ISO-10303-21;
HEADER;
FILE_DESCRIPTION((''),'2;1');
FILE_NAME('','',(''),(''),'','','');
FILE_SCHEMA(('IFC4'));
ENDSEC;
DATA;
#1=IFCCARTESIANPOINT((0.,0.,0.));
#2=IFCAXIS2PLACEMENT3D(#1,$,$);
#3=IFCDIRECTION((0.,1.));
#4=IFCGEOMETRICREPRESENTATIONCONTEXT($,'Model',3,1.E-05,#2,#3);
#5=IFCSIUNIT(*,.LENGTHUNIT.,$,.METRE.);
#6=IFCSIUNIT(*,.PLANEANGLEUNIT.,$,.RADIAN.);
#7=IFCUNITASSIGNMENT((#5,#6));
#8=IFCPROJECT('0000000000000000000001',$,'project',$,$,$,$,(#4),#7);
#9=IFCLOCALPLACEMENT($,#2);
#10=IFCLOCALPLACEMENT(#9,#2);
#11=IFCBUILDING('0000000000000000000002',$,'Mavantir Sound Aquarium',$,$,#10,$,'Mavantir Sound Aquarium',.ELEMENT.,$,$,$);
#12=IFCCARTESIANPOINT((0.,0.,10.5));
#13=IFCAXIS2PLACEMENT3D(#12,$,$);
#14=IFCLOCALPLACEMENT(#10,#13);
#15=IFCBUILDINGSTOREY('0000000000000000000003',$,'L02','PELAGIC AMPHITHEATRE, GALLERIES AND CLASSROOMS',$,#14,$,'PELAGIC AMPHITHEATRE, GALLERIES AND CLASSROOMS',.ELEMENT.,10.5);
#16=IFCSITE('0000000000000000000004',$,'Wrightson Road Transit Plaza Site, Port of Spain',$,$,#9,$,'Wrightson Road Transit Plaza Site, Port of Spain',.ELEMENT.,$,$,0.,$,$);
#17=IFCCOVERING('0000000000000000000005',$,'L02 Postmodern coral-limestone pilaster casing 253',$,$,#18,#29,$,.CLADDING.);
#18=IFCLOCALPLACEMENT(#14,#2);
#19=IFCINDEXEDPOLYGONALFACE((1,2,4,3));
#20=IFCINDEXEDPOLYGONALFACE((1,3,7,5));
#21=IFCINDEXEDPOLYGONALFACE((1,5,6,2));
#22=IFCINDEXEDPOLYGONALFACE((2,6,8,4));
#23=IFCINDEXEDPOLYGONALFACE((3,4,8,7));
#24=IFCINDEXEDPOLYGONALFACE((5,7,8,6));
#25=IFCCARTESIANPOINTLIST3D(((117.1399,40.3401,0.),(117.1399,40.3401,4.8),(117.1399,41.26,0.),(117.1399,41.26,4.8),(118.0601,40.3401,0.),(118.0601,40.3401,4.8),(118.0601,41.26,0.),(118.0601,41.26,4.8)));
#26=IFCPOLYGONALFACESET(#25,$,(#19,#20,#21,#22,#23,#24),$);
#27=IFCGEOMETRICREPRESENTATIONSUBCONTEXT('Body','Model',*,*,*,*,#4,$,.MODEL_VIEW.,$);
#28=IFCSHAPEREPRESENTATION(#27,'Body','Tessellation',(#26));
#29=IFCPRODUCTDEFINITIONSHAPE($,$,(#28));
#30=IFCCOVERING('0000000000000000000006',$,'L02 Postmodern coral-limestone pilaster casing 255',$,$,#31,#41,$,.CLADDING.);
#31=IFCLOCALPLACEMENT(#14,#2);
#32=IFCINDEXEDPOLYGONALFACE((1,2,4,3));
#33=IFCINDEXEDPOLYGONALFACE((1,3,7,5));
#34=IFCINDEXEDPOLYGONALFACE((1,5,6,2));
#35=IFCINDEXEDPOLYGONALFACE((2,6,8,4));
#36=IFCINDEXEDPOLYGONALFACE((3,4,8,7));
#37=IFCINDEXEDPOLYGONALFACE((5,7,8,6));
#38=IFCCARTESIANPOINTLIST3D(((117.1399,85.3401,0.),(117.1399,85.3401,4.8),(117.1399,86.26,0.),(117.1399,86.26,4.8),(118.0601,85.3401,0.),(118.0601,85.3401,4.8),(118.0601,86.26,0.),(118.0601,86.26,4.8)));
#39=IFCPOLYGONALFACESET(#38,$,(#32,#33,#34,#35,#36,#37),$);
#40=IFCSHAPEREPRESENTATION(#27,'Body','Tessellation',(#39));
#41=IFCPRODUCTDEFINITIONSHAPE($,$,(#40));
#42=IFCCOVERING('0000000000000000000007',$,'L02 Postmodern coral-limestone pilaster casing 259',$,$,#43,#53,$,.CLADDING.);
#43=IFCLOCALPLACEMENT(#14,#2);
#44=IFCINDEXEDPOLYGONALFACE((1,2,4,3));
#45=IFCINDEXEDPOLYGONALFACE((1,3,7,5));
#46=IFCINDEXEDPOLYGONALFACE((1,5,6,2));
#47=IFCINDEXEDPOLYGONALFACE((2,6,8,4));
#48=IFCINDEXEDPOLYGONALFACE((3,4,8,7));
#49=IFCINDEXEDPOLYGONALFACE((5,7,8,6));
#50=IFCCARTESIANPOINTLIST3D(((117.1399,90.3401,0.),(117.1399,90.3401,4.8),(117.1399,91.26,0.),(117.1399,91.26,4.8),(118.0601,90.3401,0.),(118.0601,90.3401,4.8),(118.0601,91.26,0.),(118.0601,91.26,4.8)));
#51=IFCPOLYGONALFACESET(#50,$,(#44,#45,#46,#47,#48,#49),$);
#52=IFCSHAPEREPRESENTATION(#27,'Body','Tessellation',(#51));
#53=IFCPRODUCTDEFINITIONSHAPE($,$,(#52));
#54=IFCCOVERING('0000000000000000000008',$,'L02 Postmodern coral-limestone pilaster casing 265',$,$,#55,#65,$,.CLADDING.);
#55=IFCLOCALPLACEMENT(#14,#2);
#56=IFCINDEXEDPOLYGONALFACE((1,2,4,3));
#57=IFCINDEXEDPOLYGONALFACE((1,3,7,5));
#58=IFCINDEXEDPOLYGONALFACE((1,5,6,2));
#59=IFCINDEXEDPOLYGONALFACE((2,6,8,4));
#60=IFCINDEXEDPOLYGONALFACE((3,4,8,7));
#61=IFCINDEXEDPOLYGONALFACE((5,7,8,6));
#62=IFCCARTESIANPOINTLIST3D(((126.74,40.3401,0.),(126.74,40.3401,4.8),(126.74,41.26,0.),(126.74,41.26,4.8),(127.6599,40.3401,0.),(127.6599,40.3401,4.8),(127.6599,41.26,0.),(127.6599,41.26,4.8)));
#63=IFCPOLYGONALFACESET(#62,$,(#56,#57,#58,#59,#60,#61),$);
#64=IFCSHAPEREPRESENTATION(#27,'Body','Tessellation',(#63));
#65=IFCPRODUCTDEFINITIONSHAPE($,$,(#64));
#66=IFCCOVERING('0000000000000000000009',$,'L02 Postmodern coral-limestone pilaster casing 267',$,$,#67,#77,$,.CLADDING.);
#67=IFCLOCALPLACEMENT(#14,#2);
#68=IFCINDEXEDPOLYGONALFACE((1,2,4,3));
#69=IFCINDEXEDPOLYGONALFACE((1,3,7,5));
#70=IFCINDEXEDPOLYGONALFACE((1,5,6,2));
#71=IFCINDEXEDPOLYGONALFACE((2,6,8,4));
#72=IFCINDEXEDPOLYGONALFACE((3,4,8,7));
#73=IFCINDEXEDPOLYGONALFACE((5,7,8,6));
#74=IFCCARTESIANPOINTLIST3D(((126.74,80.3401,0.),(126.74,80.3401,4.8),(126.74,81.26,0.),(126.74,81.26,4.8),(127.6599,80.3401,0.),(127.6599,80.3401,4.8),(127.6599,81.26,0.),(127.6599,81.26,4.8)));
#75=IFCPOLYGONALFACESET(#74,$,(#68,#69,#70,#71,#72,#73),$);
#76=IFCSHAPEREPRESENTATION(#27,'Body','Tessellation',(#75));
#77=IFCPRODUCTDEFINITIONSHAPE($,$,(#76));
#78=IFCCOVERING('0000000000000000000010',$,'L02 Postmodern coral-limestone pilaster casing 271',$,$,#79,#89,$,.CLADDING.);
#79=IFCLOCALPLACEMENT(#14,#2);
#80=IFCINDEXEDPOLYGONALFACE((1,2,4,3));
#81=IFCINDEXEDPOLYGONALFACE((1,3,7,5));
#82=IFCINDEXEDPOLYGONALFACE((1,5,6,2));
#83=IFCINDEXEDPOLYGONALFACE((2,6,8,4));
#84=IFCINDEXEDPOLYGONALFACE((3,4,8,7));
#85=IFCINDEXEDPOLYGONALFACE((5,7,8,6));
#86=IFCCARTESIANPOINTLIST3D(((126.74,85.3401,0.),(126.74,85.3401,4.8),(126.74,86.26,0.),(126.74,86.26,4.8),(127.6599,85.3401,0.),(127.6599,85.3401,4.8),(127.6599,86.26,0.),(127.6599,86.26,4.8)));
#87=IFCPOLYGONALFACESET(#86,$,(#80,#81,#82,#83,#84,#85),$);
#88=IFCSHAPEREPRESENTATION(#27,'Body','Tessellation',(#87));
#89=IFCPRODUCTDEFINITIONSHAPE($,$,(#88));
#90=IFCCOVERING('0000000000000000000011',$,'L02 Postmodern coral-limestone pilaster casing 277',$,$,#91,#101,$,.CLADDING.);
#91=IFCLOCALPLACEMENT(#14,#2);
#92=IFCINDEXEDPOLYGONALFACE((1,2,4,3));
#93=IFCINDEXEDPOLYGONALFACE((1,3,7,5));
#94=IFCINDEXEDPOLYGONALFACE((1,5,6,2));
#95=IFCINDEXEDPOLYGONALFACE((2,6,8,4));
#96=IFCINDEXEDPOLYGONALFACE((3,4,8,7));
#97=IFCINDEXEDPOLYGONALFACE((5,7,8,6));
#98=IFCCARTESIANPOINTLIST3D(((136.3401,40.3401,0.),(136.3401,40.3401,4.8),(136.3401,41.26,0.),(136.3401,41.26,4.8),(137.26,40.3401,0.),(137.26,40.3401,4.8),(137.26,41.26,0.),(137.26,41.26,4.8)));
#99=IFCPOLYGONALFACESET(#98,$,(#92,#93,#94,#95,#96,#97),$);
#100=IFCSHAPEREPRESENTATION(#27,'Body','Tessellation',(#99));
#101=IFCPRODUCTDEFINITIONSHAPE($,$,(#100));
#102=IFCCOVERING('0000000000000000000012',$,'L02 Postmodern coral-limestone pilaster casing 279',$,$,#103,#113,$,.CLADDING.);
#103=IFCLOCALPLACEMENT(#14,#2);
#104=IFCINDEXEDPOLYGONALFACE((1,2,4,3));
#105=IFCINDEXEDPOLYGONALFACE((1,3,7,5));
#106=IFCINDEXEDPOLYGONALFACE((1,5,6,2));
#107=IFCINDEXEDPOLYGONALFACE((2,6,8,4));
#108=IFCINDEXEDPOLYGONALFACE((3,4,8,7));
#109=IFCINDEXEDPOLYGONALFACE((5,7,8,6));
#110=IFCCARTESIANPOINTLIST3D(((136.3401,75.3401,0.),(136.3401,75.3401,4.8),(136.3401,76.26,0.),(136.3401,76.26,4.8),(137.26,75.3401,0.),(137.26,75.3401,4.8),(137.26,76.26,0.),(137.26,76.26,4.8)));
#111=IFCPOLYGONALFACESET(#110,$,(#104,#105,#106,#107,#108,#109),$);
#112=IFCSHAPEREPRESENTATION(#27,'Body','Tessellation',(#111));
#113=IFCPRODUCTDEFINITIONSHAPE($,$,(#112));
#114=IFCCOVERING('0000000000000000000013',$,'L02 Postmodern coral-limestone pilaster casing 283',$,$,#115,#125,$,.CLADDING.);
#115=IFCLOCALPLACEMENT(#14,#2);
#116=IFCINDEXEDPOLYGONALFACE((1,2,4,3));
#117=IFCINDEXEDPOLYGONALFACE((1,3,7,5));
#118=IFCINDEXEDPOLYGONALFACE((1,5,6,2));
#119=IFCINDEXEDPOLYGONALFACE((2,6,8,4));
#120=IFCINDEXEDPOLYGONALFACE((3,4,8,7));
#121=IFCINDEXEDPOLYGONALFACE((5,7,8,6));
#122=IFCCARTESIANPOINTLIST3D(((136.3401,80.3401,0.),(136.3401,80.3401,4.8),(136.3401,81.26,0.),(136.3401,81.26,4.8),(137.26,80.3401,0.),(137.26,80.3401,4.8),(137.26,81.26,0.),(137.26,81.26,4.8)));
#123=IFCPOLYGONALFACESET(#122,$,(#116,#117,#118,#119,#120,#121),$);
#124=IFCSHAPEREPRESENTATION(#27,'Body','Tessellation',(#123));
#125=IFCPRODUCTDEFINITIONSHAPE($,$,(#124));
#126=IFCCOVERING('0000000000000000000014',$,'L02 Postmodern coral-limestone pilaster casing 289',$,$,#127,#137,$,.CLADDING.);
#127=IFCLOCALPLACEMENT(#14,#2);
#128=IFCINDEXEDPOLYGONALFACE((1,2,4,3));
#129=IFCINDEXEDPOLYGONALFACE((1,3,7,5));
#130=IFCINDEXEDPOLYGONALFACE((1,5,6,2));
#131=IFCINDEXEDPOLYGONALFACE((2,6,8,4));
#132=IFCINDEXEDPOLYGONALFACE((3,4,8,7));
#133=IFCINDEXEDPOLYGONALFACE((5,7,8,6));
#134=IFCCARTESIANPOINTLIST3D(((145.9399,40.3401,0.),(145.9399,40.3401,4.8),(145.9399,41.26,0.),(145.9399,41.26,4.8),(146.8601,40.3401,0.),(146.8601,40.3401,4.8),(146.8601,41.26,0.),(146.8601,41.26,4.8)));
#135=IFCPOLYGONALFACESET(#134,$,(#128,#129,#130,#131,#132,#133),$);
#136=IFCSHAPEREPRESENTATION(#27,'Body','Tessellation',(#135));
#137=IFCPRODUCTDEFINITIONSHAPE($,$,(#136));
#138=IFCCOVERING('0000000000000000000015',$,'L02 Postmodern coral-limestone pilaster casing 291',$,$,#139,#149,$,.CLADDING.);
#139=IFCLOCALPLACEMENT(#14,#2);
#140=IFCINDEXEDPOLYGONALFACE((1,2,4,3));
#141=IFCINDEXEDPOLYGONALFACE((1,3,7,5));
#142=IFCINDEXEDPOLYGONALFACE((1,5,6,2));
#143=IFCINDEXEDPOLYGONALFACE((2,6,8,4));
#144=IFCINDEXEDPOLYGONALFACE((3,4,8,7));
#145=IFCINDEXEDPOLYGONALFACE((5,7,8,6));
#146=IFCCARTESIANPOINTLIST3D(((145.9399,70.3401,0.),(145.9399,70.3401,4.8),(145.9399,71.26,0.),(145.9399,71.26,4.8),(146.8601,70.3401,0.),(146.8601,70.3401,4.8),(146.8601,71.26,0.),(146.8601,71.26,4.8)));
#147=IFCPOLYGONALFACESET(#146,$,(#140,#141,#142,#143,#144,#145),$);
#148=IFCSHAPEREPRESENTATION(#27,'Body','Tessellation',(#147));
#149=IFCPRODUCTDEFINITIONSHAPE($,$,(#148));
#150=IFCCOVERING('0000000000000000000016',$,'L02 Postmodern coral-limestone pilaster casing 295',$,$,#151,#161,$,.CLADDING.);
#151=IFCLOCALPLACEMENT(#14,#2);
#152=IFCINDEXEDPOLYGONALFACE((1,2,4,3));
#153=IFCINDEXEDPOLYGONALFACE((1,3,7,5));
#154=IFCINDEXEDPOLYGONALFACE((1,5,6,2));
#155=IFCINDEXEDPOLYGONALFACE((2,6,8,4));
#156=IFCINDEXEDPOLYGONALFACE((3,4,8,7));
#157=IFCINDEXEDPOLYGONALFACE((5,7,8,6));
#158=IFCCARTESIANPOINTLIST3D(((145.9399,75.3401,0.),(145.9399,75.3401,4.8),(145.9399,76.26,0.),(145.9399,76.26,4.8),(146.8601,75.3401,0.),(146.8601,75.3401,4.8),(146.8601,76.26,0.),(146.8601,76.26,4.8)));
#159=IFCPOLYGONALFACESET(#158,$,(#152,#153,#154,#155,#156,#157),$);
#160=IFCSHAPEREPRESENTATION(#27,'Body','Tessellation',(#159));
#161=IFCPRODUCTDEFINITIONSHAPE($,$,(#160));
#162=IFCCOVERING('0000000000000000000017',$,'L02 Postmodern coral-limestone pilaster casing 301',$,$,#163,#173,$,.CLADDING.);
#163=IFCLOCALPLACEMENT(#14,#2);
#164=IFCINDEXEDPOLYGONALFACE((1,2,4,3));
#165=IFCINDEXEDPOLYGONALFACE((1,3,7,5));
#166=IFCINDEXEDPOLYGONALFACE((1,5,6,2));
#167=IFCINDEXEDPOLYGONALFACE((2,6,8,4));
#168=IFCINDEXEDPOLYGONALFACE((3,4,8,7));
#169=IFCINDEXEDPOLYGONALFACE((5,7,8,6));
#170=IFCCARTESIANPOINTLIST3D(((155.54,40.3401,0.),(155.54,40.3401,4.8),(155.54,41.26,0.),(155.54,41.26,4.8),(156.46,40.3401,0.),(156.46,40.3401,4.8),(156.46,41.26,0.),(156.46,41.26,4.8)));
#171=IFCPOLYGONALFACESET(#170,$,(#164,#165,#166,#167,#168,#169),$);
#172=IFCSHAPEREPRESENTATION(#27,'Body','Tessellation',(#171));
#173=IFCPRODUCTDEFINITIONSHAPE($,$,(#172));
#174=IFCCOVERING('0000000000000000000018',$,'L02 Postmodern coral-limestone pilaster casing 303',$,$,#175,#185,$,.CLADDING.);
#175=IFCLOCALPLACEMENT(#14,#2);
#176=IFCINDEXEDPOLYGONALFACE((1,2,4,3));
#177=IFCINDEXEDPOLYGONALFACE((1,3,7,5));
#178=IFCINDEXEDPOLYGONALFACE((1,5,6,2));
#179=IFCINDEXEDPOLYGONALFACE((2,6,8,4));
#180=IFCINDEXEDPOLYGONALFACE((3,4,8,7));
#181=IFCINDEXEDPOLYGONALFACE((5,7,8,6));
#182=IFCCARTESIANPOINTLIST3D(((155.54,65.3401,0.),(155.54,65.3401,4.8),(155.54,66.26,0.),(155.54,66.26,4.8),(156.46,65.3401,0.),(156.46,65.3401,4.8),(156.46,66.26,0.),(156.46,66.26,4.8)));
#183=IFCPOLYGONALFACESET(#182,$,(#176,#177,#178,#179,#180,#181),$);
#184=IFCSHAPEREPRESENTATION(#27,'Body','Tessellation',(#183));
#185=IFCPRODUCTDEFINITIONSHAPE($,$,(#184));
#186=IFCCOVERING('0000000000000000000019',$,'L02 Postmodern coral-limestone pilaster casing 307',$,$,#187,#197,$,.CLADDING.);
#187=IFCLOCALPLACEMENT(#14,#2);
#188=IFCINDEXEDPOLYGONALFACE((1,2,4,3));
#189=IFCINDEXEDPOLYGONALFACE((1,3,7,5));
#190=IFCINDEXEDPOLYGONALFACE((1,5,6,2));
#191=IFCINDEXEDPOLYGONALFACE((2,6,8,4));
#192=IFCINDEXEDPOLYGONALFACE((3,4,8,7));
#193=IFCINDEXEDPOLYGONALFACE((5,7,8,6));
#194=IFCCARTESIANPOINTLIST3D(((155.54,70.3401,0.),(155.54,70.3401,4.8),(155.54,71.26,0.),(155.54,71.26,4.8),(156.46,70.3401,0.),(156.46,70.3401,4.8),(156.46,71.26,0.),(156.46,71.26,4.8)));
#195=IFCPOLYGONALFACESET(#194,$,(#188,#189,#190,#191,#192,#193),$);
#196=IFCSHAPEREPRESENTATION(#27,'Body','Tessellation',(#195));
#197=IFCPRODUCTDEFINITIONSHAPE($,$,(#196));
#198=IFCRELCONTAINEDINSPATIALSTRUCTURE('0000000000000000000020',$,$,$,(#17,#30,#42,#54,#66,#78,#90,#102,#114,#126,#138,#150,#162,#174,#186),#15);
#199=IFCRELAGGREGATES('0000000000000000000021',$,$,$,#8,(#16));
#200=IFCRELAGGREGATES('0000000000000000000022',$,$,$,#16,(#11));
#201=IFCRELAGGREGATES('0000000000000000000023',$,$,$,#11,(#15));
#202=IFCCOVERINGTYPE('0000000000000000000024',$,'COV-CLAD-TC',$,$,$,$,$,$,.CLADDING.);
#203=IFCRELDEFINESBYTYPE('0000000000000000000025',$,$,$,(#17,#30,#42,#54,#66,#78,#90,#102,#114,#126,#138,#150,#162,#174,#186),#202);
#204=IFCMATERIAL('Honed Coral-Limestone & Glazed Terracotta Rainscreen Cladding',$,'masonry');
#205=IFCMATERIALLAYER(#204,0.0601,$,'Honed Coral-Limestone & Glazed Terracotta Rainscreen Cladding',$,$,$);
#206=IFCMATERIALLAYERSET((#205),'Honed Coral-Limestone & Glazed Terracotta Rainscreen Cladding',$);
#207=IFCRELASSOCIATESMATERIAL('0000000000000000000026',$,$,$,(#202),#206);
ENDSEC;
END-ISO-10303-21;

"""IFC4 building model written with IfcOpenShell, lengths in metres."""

from ifc_helpers import new_model, si_unit, direction, frame, origin, place, context, subcontext, project, spatial, polyline, outline, extrude, material, layer, layer_set, type_object, element, save


model = new_model("IFC4")

# Units and contexts
model_context = context("Model", 3, precision=1e-05, world=origin(), true_north=direction((0.0, 1.0)))
body_context = subcontext(model_context, "Body", "Model", "MODEL_VIEW")
ifc_project = project(units=[si_unit("LENGTHUNIT", "METRE"), si_unit("PLANEANGLEUNIT", "RADIAN")], contexts=[model_context])

# Site, building, storey
site_placement = place(None, origin())
site = spatial("IfcSite", under=ifc_project, at=site_placement, Name="Wrightson Road Transit Plaza Site, Port of Spain", LongName="Wrightson Road Transit Plaza Site, Port of Spain", CompositionType="ELEMENT", RefElevation=0.0)
building_placement = place(site_placement, origin())
building = spatial("IfcBuilding", under=site, at=building_placement, Name="Mavantir Sound Aquarium", LongName="Mavantir Sound Aquarium", CompositionType="ELEMENT")
storey_placement = place(building_placement, frame((0.0, 0.0, 10.5)))
storey = spatial("IfcBuildingStorey", under=building, at=storey_placement, Name="L02", Description="PELAGIC AMPHITHEATRE, GALLERIES AND CLASSROOMS", LongName="PELAGIC AMPHITHEATRE, GALLERIES AND CLASSROOMS", CompositionType="ELEMENT", Elevation=10.5)

# Coverings
ifc_material = material(Name="Honed Coral-Limestone & Glazed Terracotta Rainscreen Cladding", Category="masonry")
ifc_layer = layer(ifc_material, 0.0601, Name="Honed Coral-Limestone & Glazed Terracotta Rainscreen Cladding")
ifc_layer_set = layer_set([ifc_layer], Name="Honed Coral-Limestone & Glazed Terracotta Rainscreen Cladding")
covering_type = type_object("IfcCoveringType", Name="COV-CLAD-TC", PredefinedType="CLADDING", material=ifc_layer_set)
covering_1_placement = place(storey_placement, origin())
element("IfcCovering", 1, at=covering_1_placement, inside=storey, type_object=covering_type, Name="L02 Postmodern coral-limestone pilaster casing 253", PredefinedType="CLADDING", context=body_context, shape_type="SweptSolid", body=[
    extrude(outline(polyline([(117.1399, 40.3401), (118.0601, 40.3401), (118.0601, 41.26), (117.1399, 41.26), (117.1399, 40.3401)])), origin(), (0.0, 0.0, 1.0), 4.8),
])
covering_2_placement = place(storey_placement, origin())
element("IfcCovering", 2, at=covering_2_placement, inside=storey, type_object=covering_type, Name="L02 Postmodern coral-limestone pilaster casing 255", PredefinedType="CLADDING", context=body_context, shape_type="SweptSolid", body=[
    extrude(outline(polyline([(117.1399, 85.3401), (118.0601, 85.3401), (118.0601, 86.26), (117.1399, 86.26), (117.1399, 85.3401)])), origin(), (0.0, 0.0, 1.0), 4.8),
])
covering_3_placement = place(storey_placement, origin())
element("IfcCovering", 3, at=covering_3_placement, inside=storey, type_object=covering_type, Name="L02 Postmodern coral-limestone pilaster casing 259", PredefinedType="CLADDING", context=body_context, shape_type="SweptSolid", body=[
    extrude(outline(polyline([(117.1399, 90.3401), (118.0601, 90.3401), (118.0601, 91.26), (117.1399, 91.26), (117.1399, 90.3401)])), origin(), (0.0, 0.0, 1.0), 4.8),
])
covering_4_placement = place(storey_placement, origin())
element("IfcCovering", 4, at=covering_4_placement, inside=storey, type_object=covering_type, Name="L02 Postmodern coral-limestone pilaster casing 265", PredefinedType="CLADDING", context=body_context, shape_type="SweptSolid", body=[
    extrude(outline(polyline([(126.74, 40.3401), (127.6599, 40.3401), (127.6599, 41.26), (126.74, 41.26), (126.74, 40.3401)])), origin(), (0.0, 0.0, 1.0), 4.8),
])
covering_5_placement = place(storey_placement, origin())
element("IfcCovering", 5, at=covering_5_placement, inside=storey, type_object=covering_type, Name="L02 Postmodern coral-limestone pilaster casing 267", PredefinedType="CLADDING", context=body_context, shape_type="SweptSolid", body=[
    extrude(outline(polyline([(126.74, 80.3401), (127.6599, 80.3401), (127.6599, 81.26), (126.74, 81.26), (126.74, 80.3401)])), origin(), (0.0, 0.0, 1.0), 4.8),
])
covering_6_placement = place(storey_placement, origin())
element("IfcCovering", 6, at=covering_6_placement, inside=storey, type_object=covering_type, Name="L02 Postmodern coral-limestone pilaster casing 271", PredefinedType="CLADDING", context=body_context, shape_type="SweptSolid", body=[
    extrude(outline(polyline([(126.74, 85.3401), (127.6599, 85.3401), (127.6599, 86.26), (126.74, 86.26), (126.74, 85.3401)])), origin(), (0.0, 0.0, 1.0), 4.8),
])
covering_7_placement = place(storey_placement, origin())
element("IfcCovering", 7, at=covering_7_placement, inside=storey, type_object=covering_type, Name="L02 Postmodern coral-limestone pilaster casing 277", PredefinedType="CLADDING", context=body_context, shape_type="SweptSolid", body=[
    extrude(outline(polyline([(136.3401, 40.3401), (137.26, 40.3401), (137.26, 41.26), (136.3401, 41.26), (136.3401, 40.3401)])), origin(), (0.0, 0.0, 1.0), 4.8),
])
covering_8_placement = place(storey_placement, origin())
element("IfcCovering", 8, at=covering_8_placement, inside=storey, type_object=covering_type, Name="L02 Postmodern coral-limestone pilaster casing 279", PredefinedType="CLADDING", context=body_context, shape_type="SweptSolid", body=[
    extrude(outline(polyline([(136.3401, 75.3401), (137.26, 75.3401), (137.26, 76.26), (136.3401, 76.26), (136.3401, 75.3401)])), origin(), (0.0, 0.0, 1.0), 4.8),
])
covering_9_placement = place(storey_placement, origin())
element("IfcCovering", 9, at=covering_9_placement, inside=storey, type_object=covering_type, Name="L02 Postmodern coral-limestone pilaster casing 283", PredefinedType="CLADDING", context=body_context, shape_type="SweptSolid", body=[
    extrude(outline(polyline([(136.3401, 80.3401), (137.26, 80.3401), (137.26, 81.26), (136.3401, 81.26), (136.3401, 80.3401)])), origin(), (0.0, 0.0, 1.0), 4.8),
])
covering_10_placement = place(storey_placement, origin())
element("IfcCovering", 10, at=covering_10_placement, inside=storey, type_object=covering_type, Name="L02 Postmodern coral-limestone pilaster casing 289", PredefinedType="CLADDING", context=body_context, shape_type="SweptSolid", body=[
    extrude(outline(polyline([(145.9399, 40.3401), (146.8601, 40.3401), (146.8601, 41.26), (145.9399, 41.26), (145.9399, 40.3401)])), origin(), (0.0, 0.0, 1.0), 4.8),
])
covering_11_placement = place(storey_placement, origin())
element("IfcCovering", 11, at=covering_11_placement, inside=storey, type_object=covering_type, Name="L02 Postmodern coral-limestone pilaster casing 291", PredefinedType="CLADDING", context=body_context, shape_type="SweptSolid", body=[
    extrude(outline(polyline([(145.9399, 70.3401), (146.8601, 70.3401), (146.8601, 71.26), (145.9399, 71.26), (145.9399, 70.3401)])), origin(), (0.0, 0.0, 1.0), 4.8),
])
covering_12_placement = place(storey_placement, origin())
element("IfcCovering", 12, at=covering_12_placement, inside=storey, type_object=covering_type, Name="L02 Postmodern coral-limestone pilaster casing 295", PredefinedType="CLADDING", context=body_context, shape_type="SweptSolid", body=[
    extrude(outline(polyline([(145.9399, 75.3401), (146.8601, 75.3401), (146.8601, 76.26), (145.9399, 76.26), (145.9399, 75.3401)])), origin(), (0.0, 0.0, 1.0), 4.8),
])
covering_13_placement = place(storey_placement, origin())
element("IfcCovering", 13, at=covering_13_placement, inside=storey, type_object=covering_type, Name="L02 Postmodern coral-limestone pilaster casing 301", PredefinedType="CLADDING", context=body_context, shape_type="SweptSolid", body=[
    extrude(outline(polyline([(155.54, 40.3401), (156.46, 40.3401), (156.46, 41.26), (155.54, 41.26), (155.54, 40.3401)])), origin(), (0.0, 0.0, 1.0), 4.8),
])
covering_14_placement = place(storey_placement, origin())
element("IfcCovering", 14, at=covering_14_placement, inside=storey, type_object=covering_type, Name="L02 Postmodern coral-limestone pilaster casing 303", PredefinedType="CLADDING", context=body_context, shape_type="SweptSolid", body=[
    extrude(outline(polyline([(155.54, 65.3401), (156.46, 65.3401), (156.46, 66.26), (155.54, 66.26), (155.54, 65.3401)])), origin(), (0.0, 0.0, 1.0), 4.8),
])
covering_15_placement = place(storey_placement, origin())
element("IfcCovering", 15, at=covering_15_placement, inside=storey, type_object=covering_type, Name="L02 Postmodern coral-limestone pilaster casing 307", PredefinedType="CLADDING", context=body_context, shape_type="SweptSolid", body=[
    extrude(outline(polyline([(155.54, 70.3401), (156.46, 70.3401), (156.46, 71.26), (155.54, 71.26), (155.54, 70.3401)])), origin(), (0.0, 0.0, 1.0), 4.8),
])

save(model, "model.ifc")
